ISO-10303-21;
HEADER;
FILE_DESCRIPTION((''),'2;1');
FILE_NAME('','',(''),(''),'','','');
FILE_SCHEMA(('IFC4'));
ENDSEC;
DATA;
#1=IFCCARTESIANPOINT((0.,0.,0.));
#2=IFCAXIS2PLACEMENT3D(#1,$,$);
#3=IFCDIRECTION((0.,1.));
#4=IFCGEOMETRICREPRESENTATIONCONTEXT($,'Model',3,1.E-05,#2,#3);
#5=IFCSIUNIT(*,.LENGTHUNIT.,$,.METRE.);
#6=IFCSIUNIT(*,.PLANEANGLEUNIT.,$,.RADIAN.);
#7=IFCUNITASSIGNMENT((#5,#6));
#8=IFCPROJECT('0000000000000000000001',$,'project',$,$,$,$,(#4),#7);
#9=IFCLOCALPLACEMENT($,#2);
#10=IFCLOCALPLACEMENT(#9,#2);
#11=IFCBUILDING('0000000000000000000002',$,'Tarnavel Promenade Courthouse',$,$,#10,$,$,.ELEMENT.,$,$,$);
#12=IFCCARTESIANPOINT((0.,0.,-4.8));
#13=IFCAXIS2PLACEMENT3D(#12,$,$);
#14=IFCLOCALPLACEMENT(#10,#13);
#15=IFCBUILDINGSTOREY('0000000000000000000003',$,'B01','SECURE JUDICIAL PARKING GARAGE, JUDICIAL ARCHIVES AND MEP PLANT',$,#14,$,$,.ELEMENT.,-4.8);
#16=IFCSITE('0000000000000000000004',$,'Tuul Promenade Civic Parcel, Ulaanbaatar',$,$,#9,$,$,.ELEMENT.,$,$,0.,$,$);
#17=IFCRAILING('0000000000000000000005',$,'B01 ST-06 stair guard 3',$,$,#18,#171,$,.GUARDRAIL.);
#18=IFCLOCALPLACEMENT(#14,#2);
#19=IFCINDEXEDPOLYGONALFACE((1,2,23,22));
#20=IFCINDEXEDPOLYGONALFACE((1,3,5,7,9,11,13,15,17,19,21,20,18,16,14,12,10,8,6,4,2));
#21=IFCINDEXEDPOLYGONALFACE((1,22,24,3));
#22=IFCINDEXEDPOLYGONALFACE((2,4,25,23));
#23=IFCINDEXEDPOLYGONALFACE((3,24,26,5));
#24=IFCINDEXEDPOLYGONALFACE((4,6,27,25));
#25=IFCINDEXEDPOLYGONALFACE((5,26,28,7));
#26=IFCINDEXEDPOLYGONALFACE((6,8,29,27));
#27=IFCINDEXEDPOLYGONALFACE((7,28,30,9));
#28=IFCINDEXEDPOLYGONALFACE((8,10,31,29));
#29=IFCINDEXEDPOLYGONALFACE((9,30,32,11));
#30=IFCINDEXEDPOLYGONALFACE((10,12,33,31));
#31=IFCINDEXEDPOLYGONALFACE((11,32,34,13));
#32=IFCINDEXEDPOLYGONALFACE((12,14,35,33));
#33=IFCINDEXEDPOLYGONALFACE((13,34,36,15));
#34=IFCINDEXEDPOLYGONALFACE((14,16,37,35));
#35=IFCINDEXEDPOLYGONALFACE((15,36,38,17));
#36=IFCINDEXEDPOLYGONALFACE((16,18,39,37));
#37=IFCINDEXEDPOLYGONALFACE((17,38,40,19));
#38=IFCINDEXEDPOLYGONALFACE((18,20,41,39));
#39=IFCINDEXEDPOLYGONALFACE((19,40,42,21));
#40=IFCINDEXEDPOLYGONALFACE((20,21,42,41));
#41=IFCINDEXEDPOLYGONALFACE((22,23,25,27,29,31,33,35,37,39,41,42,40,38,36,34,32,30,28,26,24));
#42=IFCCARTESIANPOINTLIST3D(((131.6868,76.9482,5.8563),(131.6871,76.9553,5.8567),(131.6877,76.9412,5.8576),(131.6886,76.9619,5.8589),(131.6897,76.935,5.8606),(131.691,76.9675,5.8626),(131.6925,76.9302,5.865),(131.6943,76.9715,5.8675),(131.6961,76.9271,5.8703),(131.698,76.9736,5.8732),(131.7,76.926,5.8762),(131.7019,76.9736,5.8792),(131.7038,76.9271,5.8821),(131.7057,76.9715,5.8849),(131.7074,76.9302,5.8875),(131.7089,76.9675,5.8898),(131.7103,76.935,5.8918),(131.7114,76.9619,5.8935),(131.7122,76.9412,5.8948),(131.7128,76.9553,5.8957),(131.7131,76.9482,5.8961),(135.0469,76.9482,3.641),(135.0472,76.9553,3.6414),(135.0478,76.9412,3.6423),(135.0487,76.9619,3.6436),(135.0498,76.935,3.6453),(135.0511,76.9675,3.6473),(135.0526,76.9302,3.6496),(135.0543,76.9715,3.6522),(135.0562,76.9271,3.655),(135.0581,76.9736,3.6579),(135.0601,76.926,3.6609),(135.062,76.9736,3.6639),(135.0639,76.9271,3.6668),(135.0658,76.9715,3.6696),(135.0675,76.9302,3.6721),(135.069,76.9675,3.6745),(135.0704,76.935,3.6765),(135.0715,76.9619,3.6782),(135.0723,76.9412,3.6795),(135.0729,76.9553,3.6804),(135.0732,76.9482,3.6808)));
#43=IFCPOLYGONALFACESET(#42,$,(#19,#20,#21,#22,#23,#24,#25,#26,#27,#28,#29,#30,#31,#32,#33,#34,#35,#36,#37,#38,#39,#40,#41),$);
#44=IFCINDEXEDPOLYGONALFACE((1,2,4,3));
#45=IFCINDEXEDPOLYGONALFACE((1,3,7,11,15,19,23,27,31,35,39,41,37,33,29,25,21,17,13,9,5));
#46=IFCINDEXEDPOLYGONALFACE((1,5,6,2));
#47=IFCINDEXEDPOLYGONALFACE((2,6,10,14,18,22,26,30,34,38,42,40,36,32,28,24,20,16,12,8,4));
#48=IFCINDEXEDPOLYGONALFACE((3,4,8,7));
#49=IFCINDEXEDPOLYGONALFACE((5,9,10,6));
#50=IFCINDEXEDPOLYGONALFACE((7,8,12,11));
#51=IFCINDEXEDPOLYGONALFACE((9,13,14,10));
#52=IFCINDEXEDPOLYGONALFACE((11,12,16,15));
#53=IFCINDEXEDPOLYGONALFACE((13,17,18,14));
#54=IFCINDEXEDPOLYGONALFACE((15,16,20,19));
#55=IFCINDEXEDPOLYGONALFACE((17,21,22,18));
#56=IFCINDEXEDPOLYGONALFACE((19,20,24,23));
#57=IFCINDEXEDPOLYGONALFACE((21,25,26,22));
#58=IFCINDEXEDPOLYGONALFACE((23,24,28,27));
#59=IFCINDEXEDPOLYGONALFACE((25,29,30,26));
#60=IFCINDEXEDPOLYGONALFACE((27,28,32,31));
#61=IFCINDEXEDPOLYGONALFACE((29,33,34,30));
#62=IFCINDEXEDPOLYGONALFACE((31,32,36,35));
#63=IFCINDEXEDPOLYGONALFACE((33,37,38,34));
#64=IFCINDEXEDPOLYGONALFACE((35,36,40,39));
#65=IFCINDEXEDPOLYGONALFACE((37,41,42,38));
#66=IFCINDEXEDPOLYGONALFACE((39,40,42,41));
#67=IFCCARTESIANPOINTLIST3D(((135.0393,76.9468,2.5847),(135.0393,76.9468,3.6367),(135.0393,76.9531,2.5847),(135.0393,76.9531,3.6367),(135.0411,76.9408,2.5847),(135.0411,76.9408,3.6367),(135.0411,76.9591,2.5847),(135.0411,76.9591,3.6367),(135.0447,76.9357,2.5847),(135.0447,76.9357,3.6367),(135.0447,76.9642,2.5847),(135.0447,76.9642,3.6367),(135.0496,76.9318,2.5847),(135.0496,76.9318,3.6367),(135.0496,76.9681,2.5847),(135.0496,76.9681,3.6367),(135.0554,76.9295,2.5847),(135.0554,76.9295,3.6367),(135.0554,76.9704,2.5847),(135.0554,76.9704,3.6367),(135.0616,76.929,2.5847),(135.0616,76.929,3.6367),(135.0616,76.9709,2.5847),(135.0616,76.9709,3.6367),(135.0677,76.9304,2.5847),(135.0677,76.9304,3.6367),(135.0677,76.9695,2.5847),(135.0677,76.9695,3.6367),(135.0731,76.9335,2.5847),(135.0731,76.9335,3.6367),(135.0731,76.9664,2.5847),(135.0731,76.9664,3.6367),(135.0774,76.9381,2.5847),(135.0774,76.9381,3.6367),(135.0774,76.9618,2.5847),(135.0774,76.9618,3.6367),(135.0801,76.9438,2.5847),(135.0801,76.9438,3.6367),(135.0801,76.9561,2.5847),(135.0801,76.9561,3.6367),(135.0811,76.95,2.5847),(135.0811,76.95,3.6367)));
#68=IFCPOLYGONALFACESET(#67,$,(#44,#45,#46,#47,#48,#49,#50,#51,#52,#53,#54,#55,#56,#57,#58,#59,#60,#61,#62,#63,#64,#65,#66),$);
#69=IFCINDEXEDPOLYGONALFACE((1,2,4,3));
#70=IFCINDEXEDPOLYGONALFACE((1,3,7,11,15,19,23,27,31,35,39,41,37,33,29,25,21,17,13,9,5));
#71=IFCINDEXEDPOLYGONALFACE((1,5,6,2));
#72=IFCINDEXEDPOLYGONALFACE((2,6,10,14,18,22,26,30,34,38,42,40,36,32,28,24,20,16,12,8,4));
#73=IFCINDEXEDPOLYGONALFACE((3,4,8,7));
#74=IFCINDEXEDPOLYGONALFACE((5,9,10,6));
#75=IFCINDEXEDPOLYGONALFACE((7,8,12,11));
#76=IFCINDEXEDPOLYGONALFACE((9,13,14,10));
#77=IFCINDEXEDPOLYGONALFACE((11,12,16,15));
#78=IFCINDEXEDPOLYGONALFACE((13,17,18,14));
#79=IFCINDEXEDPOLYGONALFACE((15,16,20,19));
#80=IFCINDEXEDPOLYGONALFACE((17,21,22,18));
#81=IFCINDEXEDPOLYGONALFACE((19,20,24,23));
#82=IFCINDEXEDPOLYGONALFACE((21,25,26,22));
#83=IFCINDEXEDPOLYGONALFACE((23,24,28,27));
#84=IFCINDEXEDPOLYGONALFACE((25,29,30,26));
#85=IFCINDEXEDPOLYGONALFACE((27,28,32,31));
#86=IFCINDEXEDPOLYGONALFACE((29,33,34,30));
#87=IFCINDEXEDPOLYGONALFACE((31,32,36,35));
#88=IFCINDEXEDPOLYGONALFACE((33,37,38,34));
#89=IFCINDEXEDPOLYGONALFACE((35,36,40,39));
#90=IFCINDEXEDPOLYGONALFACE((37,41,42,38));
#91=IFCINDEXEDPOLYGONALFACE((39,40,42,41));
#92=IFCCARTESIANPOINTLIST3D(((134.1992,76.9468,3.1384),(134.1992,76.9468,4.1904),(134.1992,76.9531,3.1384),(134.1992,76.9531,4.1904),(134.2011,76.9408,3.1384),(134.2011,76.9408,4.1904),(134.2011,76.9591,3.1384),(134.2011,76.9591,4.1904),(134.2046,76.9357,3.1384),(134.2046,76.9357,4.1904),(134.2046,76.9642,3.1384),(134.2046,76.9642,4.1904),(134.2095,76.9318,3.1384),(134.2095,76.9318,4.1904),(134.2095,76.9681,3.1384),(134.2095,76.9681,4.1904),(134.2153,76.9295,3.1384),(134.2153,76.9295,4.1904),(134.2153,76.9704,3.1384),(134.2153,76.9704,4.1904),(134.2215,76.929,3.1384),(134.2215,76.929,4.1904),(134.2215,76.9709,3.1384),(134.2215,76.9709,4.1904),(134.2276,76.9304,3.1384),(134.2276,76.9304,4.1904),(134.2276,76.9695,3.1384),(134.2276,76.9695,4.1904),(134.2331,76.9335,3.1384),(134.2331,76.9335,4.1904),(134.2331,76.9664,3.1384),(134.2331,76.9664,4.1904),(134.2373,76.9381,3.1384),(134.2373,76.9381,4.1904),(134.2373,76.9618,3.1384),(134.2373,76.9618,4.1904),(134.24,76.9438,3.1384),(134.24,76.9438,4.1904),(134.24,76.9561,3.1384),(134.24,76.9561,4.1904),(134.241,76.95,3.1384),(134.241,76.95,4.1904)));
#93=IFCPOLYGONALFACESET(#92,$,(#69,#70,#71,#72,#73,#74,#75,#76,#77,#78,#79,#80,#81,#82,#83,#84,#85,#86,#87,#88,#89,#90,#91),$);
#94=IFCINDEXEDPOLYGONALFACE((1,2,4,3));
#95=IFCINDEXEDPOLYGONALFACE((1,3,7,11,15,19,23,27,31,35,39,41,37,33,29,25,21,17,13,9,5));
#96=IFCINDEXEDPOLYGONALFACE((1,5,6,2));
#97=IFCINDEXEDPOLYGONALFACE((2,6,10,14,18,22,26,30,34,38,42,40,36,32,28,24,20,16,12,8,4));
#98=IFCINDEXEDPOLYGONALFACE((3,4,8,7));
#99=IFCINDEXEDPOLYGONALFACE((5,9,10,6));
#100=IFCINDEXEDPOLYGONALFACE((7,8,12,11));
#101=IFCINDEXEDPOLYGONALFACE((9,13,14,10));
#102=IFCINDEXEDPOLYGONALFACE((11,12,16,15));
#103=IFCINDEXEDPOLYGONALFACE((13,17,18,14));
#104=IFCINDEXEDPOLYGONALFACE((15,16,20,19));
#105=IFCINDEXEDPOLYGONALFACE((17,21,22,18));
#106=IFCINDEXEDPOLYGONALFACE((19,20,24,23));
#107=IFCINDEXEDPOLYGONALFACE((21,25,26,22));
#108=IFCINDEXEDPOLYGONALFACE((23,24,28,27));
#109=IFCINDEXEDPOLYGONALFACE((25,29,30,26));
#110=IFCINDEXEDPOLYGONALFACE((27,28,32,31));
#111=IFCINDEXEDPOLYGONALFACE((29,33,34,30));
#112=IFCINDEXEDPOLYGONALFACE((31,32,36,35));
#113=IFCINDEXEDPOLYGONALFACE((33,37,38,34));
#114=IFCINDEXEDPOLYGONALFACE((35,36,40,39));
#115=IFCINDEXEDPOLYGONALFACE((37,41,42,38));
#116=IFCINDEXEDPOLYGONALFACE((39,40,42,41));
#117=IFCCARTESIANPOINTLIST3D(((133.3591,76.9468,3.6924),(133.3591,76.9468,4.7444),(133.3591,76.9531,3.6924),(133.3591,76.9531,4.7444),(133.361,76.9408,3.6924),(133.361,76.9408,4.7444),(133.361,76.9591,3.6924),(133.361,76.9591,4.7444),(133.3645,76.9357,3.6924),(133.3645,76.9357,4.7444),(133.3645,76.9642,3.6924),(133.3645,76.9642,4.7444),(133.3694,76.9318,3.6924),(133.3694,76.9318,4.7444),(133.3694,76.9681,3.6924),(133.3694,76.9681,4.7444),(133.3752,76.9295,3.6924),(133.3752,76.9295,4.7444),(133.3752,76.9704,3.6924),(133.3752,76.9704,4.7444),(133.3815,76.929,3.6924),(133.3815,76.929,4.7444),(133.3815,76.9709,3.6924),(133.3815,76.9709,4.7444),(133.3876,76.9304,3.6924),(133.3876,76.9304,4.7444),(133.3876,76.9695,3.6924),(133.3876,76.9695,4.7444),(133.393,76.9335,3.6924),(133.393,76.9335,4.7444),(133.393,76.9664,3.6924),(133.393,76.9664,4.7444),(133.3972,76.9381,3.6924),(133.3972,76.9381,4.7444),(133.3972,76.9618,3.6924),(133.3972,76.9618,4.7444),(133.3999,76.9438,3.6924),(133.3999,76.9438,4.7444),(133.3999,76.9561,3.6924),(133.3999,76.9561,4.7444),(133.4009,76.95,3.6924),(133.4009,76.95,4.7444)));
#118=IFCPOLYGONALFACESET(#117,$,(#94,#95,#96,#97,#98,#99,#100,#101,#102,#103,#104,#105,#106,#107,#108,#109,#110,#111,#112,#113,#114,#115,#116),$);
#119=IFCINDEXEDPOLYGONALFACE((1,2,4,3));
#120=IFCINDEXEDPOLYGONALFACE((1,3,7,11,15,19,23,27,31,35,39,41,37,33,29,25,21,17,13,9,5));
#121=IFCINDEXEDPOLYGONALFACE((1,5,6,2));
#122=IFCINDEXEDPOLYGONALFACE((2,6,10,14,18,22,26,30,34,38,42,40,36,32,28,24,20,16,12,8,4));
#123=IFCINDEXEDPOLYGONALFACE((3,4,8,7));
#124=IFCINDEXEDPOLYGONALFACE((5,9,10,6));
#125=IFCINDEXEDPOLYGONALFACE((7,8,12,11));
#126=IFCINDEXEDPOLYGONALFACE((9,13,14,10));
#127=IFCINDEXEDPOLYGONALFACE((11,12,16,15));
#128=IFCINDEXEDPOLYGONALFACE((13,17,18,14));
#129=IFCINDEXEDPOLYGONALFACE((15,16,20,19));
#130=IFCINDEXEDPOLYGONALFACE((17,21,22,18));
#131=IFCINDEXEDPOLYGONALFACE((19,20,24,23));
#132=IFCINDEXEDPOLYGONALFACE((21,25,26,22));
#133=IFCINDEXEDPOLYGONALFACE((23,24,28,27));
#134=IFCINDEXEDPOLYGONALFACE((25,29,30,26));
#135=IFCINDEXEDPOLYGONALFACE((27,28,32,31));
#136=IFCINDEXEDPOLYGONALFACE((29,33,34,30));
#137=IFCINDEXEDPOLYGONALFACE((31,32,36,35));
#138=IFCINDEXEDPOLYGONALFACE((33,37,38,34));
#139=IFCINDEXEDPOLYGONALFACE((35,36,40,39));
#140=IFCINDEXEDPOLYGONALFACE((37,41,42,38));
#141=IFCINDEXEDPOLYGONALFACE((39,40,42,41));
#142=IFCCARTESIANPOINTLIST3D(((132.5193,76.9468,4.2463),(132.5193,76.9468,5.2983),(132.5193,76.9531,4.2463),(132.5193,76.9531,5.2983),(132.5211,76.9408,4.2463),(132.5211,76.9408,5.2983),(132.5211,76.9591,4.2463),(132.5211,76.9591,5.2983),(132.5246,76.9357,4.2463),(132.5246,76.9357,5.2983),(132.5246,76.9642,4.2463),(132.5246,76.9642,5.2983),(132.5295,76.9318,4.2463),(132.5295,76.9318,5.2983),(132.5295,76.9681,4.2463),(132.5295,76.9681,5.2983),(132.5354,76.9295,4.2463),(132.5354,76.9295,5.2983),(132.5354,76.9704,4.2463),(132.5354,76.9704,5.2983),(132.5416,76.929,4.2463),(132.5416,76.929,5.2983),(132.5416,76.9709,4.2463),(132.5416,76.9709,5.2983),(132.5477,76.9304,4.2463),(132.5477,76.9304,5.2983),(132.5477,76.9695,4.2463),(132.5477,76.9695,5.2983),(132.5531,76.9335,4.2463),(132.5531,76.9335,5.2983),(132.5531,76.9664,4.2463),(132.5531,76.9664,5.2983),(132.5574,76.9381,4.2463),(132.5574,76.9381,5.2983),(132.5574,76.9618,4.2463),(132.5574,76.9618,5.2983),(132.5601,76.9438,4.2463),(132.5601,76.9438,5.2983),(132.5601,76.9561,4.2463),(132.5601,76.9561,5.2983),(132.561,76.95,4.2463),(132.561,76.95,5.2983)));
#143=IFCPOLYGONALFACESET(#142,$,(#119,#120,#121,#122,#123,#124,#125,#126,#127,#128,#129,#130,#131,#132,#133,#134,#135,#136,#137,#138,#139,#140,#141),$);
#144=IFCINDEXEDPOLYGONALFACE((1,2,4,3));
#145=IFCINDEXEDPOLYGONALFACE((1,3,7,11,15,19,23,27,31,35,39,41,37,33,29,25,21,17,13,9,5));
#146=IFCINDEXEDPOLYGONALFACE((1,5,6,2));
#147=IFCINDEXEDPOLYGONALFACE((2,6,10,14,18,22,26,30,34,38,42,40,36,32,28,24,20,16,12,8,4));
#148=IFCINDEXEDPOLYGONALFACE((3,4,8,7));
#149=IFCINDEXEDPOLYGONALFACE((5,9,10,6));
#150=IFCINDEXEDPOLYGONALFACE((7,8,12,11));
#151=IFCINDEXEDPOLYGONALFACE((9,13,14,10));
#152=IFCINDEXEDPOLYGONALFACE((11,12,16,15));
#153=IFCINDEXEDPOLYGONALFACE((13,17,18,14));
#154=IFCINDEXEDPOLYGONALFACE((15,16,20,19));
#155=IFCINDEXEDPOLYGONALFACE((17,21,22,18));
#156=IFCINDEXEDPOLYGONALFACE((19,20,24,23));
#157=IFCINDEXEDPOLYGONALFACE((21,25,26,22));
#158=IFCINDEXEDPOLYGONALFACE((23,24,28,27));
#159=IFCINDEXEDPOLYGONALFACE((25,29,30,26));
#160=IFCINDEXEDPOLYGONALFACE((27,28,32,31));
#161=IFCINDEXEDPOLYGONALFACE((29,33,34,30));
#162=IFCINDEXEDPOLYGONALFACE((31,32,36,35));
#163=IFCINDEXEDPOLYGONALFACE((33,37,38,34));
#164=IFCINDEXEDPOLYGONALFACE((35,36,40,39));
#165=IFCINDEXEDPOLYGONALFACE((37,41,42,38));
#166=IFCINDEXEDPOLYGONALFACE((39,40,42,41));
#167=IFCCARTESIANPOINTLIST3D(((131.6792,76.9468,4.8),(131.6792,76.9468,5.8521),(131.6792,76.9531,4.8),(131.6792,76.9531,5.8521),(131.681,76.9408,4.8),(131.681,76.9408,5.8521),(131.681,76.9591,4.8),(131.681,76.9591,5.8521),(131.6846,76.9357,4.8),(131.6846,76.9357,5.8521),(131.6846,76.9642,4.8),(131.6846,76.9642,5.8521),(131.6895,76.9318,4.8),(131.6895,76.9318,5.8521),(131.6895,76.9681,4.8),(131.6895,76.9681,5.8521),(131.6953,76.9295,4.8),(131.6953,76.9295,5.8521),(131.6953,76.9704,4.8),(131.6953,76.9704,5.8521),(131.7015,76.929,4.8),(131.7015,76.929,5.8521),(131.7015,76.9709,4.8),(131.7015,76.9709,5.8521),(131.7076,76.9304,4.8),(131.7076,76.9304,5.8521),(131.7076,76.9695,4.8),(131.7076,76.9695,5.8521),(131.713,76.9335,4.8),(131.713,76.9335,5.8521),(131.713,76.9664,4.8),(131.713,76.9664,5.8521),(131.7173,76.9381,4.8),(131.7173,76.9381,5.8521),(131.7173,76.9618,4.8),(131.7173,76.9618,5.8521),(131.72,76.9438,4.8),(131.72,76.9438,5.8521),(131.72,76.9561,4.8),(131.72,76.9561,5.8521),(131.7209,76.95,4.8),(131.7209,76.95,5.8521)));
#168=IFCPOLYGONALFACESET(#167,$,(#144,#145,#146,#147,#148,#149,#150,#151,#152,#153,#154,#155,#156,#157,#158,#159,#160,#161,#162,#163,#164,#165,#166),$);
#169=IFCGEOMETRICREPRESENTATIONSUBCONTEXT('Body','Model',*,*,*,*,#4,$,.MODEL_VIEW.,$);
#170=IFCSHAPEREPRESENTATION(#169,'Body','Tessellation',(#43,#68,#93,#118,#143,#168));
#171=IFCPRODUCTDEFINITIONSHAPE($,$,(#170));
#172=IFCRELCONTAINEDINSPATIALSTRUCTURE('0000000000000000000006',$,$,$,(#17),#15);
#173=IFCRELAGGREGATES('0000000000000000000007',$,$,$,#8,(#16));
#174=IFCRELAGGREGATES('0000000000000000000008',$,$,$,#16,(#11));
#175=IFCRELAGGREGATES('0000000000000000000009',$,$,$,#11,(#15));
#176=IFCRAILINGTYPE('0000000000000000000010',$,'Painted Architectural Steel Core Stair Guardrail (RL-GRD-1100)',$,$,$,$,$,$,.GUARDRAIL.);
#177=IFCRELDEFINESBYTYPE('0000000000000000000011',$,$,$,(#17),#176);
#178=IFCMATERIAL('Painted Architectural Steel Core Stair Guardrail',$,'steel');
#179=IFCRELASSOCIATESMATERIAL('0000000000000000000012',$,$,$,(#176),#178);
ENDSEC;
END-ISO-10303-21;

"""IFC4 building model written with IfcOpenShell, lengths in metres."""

from ifc_helpers import new_model, si_unit, direction, frame, origin, origin_2d, place, context, subcontext, project, spatial, circle, extrude, material, type_object, element, save


model = new_model("IFC4")

# Units and contexts
model_context = context("Model", 3, precision=1e-05, world=origin(), true_north=direction((0.0, 1.0)))
body_context = subcontext(model_context, "Body", "Model", "MODEL_VIEW")
ifc_project = project(units=[si_unit("LENGTHUNIT", "METRE"), si_unit("PLANEANGLEUNIT", "RADIAN")], contexts=[model_context])

# Site, building, storey
site_placement = place(None, origin())
site = spatial("IfcSite", under=ifc_project, at=site_placement, Name="Tuul Promenade Civic Parcel, Ulaanbaatar", CompositionType="ELEMENT", RefElevation=0.0)
building_placement = place(site_placement, origin())
building = spatial("IfcBuilding", under=site, at=building_placement, Name="Tarnavel Promenade Courthouse", CompositionType="ELEMENT")
storey_placement = place(building_placement, frame((0.0, 0.0, -4.8)))
storey = spatial("IfcBuildingStorey", under=building, at=storey_placement, Name="B01", Description="SECURE JUDICIAL PARKING GARAGE, JUDICIAL ARCHIVES AND MEP PLANT", CompositionType="ELEMENT", Elevation=-4.8)

# Railing
ifc_material_1 = material(Name="Painted Architectural Steel Core Stair Guardrail", Category="steel")
railing_type_1 = type_object("IfcRailingType", Name="Painted Architectural Steel Core Stair Guardrail (RL-GRD-1100)", PredefinedType="GUARDRAIL", material=ifc_material_1)
railing_1_placement = place(storey_placement, frame((135.0601, 76.95, 2.5847)))
element("IfcRailing", 1, at=railing_1_placement, inside=storey, type_object=railing_type_1, Name="B01 ST-06 stair guard 3", PredefinedType="GUARDRAIL", context=body_context, shape_type="SweptSolid", body=[
    extrude(circle(Radius=0.0239, at=origin_2d()), frame((0.0, 0.0, 1.0762), z_axis=(-0.834876, 0.0, 0.550437), x_axis=(0.0, -1.0, 0.0)), (0.0, 0.0, 1.0), 4.0247),
    extrude(circle(Radius=0.021, at=origin_2d()), origin(), (0.0, 0.0, 1.0), 1.052),
    extrude(circle(Radius=0.021, at=origin_2d()), frame((-0.8401, 0.0, 0.5537)), (0.0, 0.0, 1.0), 1.052),
    extrude(circle(Radius=0.021, at=origin_2d()), frame((-1.6802, 0.0, 1.1077)), (0.0, 0.0, 1.0), 1.052),
    extrude(circle(Radius=0.021, at=origin_2d()), frame((-2.52, 0.0, 1.6616)), (0.0, 0.0, 1.0), 1.052),
    extrude(circle(Radius=0.021, at=origin_2d()), frame((-3.3601, 0.0, 2.2153)), (0.0, 0.0, 1.0), 1.052),
])

save(model, "model.ifc")
